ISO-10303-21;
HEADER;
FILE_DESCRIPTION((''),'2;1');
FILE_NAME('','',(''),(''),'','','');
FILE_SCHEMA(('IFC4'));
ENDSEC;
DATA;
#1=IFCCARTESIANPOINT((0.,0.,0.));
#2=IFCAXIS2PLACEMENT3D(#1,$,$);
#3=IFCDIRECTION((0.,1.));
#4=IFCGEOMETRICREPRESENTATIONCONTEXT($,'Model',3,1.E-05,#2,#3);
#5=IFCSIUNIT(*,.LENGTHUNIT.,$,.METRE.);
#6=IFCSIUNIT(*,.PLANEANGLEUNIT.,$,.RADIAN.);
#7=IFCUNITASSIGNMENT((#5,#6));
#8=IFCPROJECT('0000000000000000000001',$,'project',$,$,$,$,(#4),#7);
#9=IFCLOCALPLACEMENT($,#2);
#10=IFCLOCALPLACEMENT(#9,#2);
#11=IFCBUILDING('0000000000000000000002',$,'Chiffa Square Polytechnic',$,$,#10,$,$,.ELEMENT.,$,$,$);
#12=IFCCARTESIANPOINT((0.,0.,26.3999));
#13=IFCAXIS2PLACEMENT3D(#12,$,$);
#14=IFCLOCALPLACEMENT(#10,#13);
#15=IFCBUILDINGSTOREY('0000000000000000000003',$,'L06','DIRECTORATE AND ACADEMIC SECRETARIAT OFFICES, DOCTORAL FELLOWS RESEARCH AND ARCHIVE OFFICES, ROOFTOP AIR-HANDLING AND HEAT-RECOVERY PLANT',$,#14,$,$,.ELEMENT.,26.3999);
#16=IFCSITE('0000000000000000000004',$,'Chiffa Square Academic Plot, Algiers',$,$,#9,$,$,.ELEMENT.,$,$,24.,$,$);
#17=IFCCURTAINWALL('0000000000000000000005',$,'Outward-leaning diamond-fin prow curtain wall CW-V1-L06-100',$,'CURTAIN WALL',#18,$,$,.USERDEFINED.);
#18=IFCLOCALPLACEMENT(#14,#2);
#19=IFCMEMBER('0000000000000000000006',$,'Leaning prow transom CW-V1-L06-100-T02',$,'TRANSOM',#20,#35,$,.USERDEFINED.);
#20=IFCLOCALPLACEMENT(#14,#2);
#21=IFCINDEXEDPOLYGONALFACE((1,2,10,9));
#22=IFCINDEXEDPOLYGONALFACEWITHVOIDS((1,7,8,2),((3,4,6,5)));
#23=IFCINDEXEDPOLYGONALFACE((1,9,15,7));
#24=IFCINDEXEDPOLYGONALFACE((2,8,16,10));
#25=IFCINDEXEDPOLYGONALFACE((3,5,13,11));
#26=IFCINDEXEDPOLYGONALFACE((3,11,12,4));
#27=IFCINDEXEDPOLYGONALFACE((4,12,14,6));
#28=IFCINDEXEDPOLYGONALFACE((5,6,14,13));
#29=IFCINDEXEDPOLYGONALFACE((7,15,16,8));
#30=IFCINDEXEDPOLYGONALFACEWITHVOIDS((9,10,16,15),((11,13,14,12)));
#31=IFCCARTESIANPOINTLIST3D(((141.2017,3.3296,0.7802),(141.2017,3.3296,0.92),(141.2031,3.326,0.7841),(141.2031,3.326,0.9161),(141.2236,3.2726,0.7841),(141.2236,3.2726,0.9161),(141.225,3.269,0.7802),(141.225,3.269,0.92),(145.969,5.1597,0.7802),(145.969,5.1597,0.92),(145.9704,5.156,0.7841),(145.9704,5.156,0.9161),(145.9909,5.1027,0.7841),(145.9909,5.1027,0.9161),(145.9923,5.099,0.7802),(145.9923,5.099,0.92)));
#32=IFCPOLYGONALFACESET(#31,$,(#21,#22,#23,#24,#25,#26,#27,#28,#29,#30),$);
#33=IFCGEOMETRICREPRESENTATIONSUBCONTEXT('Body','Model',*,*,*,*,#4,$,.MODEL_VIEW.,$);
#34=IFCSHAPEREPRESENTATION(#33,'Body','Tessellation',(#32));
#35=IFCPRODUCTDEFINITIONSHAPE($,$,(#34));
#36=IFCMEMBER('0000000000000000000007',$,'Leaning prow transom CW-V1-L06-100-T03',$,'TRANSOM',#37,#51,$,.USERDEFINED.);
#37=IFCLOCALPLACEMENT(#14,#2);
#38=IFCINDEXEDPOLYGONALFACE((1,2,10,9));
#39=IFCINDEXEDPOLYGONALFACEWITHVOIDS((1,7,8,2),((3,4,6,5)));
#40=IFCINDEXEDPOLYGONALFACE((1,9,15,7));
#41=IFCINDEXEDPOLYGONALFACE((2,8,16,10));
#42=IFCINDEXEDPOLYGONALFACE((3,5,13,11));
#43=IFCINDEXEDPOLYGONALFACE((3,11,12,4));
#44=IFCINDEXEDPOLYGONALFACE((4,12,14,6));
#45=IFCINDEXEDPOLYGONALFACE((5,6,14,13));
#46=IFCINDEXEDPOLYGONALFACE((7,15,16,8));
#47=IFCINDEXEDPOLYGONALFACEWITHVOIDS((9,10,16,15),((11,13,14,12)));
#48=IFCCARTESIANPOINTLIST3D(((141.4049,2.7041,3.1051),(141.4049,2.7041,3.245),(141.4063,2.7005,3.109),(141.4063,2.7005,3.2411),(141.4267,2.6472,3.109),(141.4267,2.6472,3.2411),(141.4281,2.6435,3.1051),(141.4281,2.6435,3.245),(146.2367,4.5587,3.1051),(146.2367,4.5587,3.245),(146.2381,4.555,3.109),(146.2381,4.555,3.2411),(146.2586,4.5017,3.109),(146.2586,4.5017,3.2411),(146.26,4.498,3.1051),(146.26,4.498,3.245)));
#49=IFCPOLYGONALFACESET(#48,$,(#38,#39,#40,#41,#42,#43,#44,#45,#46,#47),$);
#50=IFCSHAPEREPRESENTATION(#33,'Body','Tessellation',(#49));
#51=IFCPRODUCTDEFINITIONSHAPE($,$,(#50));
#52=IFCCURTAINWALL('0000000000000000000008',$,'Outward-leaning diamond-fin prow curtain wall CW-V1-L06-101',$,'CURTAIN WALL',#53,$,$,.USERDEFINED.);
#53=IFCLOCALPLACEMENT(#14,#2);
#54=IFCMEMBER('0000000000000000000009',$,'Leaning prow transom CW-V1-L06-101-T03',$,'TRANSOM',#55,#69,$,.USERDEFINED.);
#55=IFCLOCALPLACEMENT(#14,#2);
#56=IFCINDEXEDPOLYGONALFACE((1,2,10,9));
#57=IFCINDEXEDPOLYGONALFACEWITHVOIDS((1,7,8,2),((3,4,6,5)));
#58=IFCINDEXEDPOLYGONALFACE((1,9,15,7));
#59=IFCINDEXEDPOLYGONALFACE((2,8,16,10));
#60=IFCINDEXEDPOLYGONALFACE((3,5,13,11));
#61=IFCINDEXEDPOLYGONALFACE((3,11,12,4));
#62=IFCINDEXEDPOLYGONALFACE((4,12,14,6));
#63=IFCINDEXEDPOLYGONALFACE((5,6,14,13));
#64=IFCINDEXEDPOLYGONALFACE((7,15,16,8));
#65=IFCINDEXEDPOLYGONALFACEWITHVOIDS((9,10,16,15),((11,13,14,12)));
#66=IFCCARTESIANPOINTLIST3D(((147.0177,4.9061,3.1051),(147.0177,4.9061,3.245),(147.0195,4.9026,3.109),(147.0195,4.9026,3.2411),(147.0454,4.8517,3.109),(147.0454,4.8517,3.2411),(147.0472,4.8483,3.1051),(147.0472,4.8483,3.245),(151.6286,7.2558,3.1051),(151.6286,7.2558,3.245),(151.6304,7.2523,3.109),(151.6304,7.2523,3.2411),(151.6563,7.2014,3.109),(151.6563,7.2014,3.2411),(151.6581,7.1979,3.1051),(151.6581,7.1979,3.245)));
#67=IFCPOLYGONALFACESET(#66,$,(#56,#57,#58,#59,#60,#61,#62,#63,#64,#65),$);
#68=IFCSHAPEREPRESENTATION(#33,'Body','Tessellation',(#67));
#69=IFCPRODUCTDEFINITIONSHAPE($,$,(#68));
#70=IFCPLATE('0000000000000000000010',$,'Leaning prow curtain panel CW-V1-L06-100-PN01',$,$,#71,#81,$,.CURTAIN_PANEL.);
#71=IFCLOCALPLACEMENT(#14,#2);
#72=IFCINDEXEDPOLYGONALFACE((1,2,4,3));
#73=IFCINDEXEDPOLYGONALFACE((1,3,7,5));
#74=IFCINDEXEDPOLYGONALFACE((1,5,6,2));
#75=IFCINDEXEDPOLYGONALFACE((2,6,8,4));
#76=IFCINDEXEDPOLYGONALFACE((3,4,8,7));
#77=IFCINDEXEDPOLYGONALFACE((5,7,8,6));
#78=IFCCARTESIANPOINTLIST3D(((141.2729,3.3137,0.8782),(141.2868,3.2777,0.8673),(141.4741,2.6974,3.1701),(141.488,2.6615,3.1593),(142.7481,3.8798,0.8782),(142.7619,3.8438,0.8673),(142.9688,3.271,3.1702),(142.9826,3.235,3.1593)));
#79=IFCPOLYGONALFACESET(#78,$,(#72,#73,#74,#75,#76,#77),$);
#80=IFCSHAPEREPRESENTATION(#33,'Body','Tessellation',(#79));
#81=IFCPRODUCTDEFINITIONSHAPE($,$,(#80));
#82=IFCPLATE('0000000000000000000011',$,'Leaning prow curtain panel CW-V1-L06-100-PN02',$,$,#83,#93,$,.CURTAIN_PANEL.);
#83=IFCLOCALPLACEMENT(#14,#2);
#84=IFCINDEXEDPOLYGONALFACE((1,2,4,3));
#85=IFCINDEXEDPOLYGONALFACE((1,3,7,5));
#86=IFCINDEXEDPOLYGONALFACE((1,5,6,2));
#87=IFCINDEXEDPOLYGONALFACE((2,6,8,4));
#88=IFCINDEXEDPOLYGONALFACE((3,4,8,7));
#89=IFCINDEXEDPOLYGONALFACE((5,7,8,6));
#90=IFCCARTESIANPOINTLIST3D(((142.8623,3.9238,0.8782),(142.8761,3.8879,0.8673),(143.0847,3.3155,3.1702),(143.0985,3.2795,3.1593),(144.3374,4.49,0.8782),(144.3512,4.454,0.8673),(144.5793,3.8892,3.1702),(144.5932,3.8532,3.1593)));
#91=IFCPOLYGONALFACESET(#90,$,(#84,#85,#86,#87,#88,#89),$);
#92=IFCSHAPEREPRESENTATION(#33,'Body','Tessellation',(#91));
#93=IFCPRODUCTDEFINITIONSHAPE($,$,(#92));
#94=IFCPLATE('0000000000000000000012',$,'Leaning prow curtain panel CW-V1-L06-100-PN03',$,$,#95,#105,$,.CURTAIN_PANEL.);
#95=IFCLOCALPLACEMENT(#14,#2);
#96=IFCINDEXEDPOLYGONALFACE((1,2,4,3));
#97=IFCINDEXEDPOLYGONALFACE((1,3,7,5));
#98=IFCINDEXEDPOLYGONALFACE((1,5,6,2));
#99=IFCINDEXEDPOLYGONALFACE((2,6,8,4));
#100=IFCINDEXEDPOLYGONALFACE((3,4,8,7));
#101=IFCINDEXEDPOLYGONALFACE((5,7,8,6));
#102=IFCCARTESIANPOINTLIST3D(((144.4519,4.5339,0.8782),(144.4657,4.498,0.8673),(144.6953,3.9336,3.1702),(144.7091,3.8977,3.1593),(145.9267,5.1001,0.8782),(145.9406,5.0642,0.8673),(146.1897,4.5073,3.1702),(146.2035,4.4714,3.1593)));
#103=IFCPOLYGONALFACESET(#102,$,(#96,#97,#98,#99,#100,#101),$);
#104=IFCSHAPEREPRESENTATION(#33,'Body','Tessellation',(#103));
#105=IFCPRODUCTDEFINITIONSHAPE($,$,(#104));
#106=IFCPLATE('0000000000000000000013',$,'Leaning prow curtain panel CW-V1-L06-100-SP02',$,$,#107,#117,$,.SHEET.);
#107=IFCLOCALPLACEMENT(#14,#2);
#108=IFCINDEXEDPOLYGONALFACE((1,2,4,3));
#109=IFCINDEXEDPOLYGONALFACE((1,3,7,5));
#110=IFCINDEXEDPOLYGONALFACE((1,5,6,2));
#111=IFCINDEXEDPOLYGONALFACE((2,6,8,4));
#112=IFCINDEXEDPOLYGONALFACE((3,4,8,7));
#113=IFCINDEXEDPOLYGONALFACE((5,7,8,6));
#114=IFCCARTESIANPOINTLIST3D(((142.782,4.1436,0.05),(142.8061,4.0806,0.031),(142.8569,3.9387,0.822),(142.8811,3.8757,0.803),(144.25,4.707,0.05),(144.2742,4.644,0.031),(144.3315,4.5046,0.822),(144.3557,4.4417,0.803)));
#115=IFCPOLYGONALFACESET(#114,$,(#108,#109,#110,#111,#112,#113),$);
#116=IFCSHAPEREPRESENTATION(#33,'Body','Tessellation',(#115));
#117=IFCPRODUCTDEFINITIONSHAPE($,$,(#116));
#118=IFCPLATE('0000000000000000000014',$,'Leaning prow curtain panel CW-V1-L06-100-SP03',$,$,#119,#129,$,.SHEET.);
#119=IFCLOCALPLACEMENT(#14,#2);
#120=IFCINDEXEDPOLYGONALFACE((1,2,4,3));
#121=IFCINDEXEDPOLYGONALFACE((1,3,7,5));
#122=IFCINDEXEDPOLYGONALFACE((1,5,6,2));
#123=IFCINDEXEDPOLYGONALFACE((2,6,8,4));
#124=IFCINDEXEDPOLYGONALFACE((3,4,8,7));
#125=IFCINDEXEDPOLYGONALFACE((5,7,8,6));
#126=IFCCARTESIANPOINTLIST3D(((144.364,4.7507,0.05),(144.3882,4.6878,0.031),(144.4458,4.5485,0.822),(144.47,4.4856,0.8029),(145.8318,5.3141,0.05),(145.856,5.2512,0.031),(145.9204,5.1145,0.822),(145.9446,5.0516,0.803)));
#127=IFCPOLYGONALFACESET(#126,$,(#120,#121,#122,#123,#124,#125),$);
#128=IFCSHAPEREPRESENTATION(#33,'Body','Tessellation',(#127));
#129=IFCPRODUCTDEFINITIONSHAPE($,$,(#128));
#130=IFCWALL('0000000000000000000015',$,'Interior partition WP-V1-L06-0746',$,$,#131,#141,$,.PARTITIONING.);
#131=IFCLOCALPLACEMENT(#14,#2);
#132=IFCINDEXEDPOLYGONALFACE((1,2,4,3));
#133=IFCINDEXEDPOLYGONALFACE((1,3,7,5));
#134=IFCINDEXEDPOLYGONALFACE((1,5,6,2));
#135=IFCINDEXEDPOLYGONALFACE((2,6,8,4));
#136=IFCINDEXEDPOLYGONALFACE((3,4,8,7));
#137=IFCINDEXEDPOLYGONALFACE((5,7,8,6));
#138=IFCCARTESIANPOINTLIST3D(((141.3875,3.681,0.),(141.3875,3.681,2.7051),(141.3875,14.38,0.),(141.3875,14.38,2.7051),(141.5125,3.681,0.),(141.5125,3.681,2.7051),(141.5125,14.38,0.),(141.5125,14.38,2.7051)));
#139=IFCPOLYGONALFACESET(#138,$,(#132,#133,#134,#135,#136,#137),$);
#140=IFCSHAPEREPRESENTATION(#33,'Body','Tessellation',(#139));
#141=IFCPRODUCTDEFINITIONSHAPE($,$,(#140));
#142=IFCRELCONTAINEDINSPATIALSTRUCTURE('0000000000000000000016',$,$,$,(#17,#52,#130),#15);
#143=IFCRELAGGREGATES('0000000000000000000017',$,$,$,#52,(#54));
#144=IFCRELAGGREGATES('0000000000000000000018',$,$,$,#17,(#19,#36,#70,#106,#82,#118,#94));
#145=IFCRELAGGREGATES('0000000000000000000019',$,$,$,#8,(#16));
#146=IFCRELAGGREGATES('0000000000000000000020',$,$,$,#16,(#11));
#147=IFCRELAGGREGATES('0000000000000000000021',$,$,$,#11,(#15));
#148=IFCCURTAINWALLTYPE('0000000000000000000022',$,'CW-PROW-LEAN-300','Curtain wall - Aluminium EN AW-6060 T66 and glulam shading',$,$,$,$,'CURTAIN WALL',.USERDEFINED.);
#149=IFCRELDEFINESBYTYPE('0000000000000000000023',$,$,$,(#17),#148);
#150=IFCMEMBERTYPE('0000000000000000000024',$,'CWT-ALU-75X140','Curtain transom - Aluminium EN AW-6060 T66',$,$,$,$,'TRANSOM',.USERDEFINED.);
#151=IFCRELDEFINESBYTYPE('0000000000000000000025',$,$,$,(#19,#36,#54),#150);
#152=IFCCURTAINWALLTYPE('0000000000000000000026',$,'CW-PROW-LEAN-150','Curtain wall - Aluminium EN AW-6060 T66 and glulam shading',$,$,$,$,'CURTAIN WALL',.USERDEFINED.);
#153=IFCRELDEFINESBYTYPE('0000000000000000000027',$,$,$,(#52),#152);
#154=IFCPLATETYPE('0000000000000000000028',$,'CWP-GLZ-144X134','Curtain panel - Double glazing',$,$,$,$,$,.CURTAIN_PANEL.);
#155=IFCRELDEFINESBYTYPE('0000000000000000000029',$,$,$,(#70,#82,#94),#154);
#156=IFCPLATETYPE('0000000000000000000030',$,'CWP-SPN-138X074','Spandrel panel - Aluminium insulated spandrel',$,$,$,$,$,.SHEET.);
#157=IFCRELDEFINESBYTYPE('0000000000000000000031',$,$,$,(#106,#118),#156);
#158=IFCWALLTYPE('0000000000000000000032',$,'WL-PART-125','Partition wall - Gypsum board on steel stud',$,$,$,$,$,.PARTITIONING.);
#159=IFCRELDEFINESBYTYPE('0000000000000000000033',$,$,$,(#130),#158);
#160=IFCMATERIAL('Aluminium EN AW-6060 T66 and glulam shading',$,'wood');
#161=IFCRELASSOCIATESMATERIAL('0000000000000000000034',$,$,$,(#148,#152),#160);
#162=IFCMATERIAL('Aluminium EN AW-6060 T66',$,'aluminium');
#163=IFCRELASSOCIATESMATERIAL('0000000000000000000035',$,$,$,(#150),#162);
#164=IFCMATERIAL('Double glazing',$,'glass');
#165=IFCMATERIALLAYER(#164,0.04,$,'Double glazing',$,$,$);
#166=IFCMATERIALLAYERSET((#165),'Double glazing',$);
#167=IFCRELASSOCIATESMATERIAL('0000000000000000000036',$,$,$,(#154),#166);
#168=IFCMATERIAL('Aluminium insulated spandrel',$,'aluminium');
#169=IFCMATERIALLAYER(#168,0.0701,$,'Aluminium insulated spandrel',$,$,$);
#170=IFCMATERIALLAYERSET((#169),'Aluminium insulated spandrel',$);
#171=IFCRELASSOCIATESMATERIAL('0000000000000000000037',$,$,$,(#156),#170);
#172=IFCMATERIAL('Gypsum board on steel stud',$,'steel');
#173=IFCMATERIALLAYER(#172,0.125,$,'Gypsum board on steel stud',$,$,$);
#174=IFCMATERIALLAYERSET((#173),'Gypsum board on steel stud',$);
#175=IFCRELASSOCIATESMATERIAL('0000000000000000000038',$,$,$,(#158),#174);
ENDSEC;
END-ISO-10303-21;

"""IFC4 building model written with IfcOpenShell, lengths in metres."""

from ifc_helpers import new_model, si_unit, direction, frame, frame_2d, origin, origin_2d, place, context, subcontext, project, spatial, polyline, rectangle, hollow_rectangle, outline, extrude, material, layer, layer_set, material_profile, profile_set, type_object, element, aggregate, save


model = new_model("IFC4")

# Units and contexts
model_context = context("Model", 3, precision=1e-05, world=origin(), true_north=direction((0.0, 1.0)))
body_context = subcontext(model_context, "Body", "Model", "MODEL_VIEW")
ifc_project = project(units=[si_unit("LENGTHUNIT", "METRE"), si_unit("PLANEANGLEUNIT", "RADIAN")], contexts=[model_context])

# Site, building, storey
site_placement = place(None, origin())
site = spatial("IfcSite", under=ifc_project, at=site_placement, Name="Chiffa Square Academic Plot, Algiers", CompositionType="ELEMENT", RefElevation=24.0)
building_placement = place(site_placement, origin())
building = spatial("IfcBuilding", under=site, at=building_placement, Name="Chiffa Square Polytechnic", CompositionType="ELEMENT")
storey_placement = place(building_placement, frame((0.0, 0.0, 26.3999)))
storey = spatial("IfcBuildingStorey", under=building, at=storey_placement, Name="L06", Description="DIRECTORATE AND ACADEMIC SECRETARIAT OFFICES, DOCTORAL FELLOWS RESEARCH AND ARCHIVE OFFICES, ROOFTOP AIR-HANDLING AND HEAT-RECOVERY PLANT", CompositionType="ELEMENT", Elevation=26.3999)

# Curtain wall, members
ifc_material_1 = material(Name="Aluminium EN AW-6060 T66 and glulam shading", Category="wood")
curtain_wall_type_1 = type_object("IfcCurtainWallType", Name="CW-PROW-LEAN-300", Description="Curtain wall - Aluminium EN AW-6060 T66 and glulam shading", ElementType="CURTAIN WALL", PredefinedType="USERDEFINED", material=ifc_material_1)
curtain_wall_1_placement = place(storey_placement, origin())
curtain_wall_1 = element("IfcCurtainWall", 1, at=curtain_wall_1_placement, inside=storey, type_object=curtain_wall_type_1, Name="Outward-leaning diamond-fin prow curtain wall CW-V1-L06-100", ObjectType="CURTAIN WALL", PredefinedType="USERDEFINED")
ifc_material_2 = material(Name="Aluminium EN AW-6060 T66", Category="aluminium")
ifc_material_profile_1 = material_profile(ifc_material_2, hollow_rectangle(XDim=0.0649, YDim=0.1399, WallThickness=0.0039, at=origin_2d()), Name="ALU 65x140x4")
ifc_profile_set_1 = profile_set([ifc_material_profile_1], Name="Aluminium EN AW-6060 T66")
member_type_1 = type_object("IfcMemberType", Name="CWT-ALU-75X140", Description="Curtain transom - Aluminium EN AW-6060 T66", ElementType="TRANSOM", PredefinedType="USERDEFINED", material=ifc_profile_set_1)
member_1_placement = place(storey_placement, frame((141.2134, 3.2993, 0.8501), z_axis=(0.933576, 0.35838, 0.0), x_axis=(-0.35838, 0.933576, 0.0)))
member_1 = element("IfcMember", 2, at=member_1_placement, type_object=member_type_1, Name="Leaning prow transom CW-V1-L06-100-T02", ObjectType="TRANSOM", PredefinedType="USERDEFINED", context=body_context, shape_type="SweptSolid", body=[
    extrude(hollow_rectangle(XDim=0.0649, YDim=0.1399, WallThickness=0.0039, at=origin_2d()), origin(), (0.0, 0.0, 1.0), 5.1064),
])
member_2_placement = place(storey_placement, frame((141.4165, 2.6738, 3.175), z_axis=(0.933597, 0.358325, 0.0), x_axis=(-0.358325, 0.933597, 0.0)))
member_2 = element("IfcMember", 3, at=member_2_placement, type_object=member_type_1, Name="Leaning prow transom CW-V1-L06-100-T03", ObjectType="TRANSOM", PredefinedType="USERDEFINED", context=body_context, shape_type="SweptSolid", body=[
    extrude(hollow_rectangle(XDim=0.0649, YDim=0.1399, WallThickness=0.0039, at=origin_2d()), origin(), (0.0, 0.0, 1.0), 5.1755),
])

# Curtain wall, member
curtain_wall_type_2 = type_object("IfcCurtainWallType", Name="CW-PROW-LEAN-150", Description="Curtain wall - Aluminium EN AW-6060 T66 and glulam shading", ElementType="CURTAIN WALL", PredefinedType="USERDEFINED", material=ifc_material_1)
curtain_wall_2_placement = place(storey_placement, origin())
curtain_wall_2 = element("IfcCurtainWall", 4, at=curtain_wall_2_placement, inside=storey, type_object=curtain_wall_type_2, Name="Outward-leaning diamond-fin prow curtain wall CW-V1-L06-101", ObjectType="CURTAIN WALL", PredefinedType="USERDEFINED")
member_3_placement = place(storey_placement, frame((147.0325, 4.8772, 3.175), z_axis=(0.890985, 0.454032, 0.0), x_axis=(-0.454032, 0.890985, 0.0)))
member_3 = element("IfcMember", 5, at=member_3_placement, type_object=member_type_1, Name="Leaning prow transom CW-V1-L06-101-T03", ObjectType="TRANSOM", PredefinedType="USERDEFINED", context=body_context, shape_type="SweptSolid", body=[
    extrude(hollow_rectangle(XDim=0.0649, YDim=0.1399, WallThickness=0.0039, at=origin_2d()), origin(), (0.0, 0.0, 1.0), 5.175),
])
aggregate(curtain_wall_2, [member_3])

# Plates
ifc_material_3 = material(Name="Double glazing", Category="glass")
ifc_layer_1 = layer(ifc_material_3, 0.04, Name="Double glazing")
ifc_layer_set_1 = layer_set([ifc_layer_1], Name="Double glazing")
plate_type_1 = type_object("IfcPlateType", Name="CWP-GLZ-144X134", Description="Curtain panel - Double glazing", PredefinedType="CURTAIN_PANEL", material=ifc_layer_set_1)
plate_1_placement = place(storey_placement, frame((141.2729, 3.3137, 0.8782), z_axis=(-0.344787, 0.898454, 0.271849), x_axis=(0.933613, 0.358283, -0.000013)))
plate_1 = element("IfcPlate", 6, at=plate_1_placement, type_object=plate_type_1, Name="Leaning prow curtain panel CW-V1-L06-100-PN01", PredefinedType="CURTAIN_PANEL", context=body_context, shape_type="SweptSolid", body=[
    extrude(outline(polyline([(0.0, 0.0), (1.58, 0.0), (1.5679, -2.3817), (-0.033, -2.3817), (0.0, 0.0)])), origin(), (0.0, 0.0, -1.0), 0.04),
])
plate_2_placement = place(storey_placement, frame((142.8623, 3.9238, 0.8782), z_axis=(-0.344843, 0.898409, 0.271928), x_axis=(0.933589, 0.358345, 0.000006)))
plate_2 = element("IfcPlate", 7, at=plate_2_placement, type_object=plate_type_1, Name="Leaning prow curtain panel CW-V1-L06-100-PN02", PredefinedType="CURTAIN_PANEL", context=body_context, shape_type="SweptSolid", body=[
    extrude(outline(polyline([(0.0, 0.0), (1.58, 0.0), (1.5906, -2.3817), (-0.0104, -2.3818), (0.0, 0.0)])), origin(), (0.0, 0.0, -1.0), 0.04),
])
plate_3_placement = place(storey_placement, frame((144.4519, 4.5339, 0.8782), z_axis=(-0.344892, 0.89839, 0.271929), x_axis=(0.93357, 0.358396, 0.000005)))
plate_3 = element("IfcPlate", 8, at=plate_3_placement, type_object=plate_type_1, Name="Leaning prow curtain panel CW-V1-L06-100-PN03", PredefinedType="CURTAIN_PANEL", context=body_context, shape_type="SweptSolid", body=[
    extrude(outline(polyline([(0.0, 0.0), (1.5798, 0.0), (1.6128, -2.3817), (0.0121, -2.3818), (0.0, 0.0)])), origin(), (0.0, 0.0, -1.0), 0.04),
])
ifc_material_4 = material(Name="Aluminium insulated spandrel", Category="aluminium")
ifc_layer_2 = layer(ifc_material_4, 0.0701, Name="Aluminium insulated spandrel")
ifc_layer_set_2 = layer_set([ifc_layer_2], Name="Aluminium insulated spandrel")
plate_type_2 = type_object("IfcPlateType", Name="CWP-SPN-138X074", Description="Spandrel panel - Aluminium insulated spandrel", PredefinedType="SHEET", material=ifc_layer_set_2)
plate_4_placement = place(storey_placement, frame((142.782, 4.1436, 0.05), z_axis=(-0.344819, 0.898422, 0.271916), x_axis=(0.933598, 0.358322, -0.000007)))
plate_4 = element("IfcPlate", 9, at=plate_4_placement, type_object=plate_type_2, Name="Leaning prow curtain panel CW-V1-L06-100-SP02", PredefinedType="SHEET", context=body_context, shape_type="SweptSolid", body=[
    extrude(outline(polyline([(0.0, 0.0), (1.5724, 0.0), (1.576, -0.8022), (-0.0034, -0.8022), (0.0, 0.0)])), origin(), (0.0, 0.0, -1.0), 0.0701),
])
plate_5_placement = place(storey_placement, frame((144.364, 4.7507, 0.05), z_axis=(-0.344845, 0.898416, 0.2719), x_axis=(0.933588, 0.358349, -0.000014)))
plate_5 = element("IfcPlate", 10, at=plate_5_placement, type_object=plate_type_2, Name="Leaning prow curtain panel CW-V1-L06-100-SP03", PredefinedType="SHEET", context=body_context, shape_type="SweptSolid", body=[
    extrude(outline(polyline([(0.0, 0.0), (1.5722, 0.0), (1.5834, -0.8022), (0.0039, -0.8022), (0.0, 0.0)])), origin(), (0.0, 0.0, -1.0), 0.0701),
])
aggregate(curtain_wall_1, [member_1, member_2, plate_1, plate_4, plate_2, plate_5, plate_3])

# Wall
ifc_material_5 = material(Name="Gypsum board on steel stud", Category="steel")
ifc_layer_3 = layer(ifc_material_5, 0.125, Name="Gypsum board on steel stud")
ifc_layer_set_3 = layer_set([ifc_layer_3], Name="Gypsum board on steel stud")
wall_type = type_object("IfcWallType", Name="WL-PART-125", Description="Partition wall - Gypsum board on steel stud", PredefinedType="PARTITIONING", material=ifc_layer_set_3)
wall_placement = place(storey_placement, frame((141.45, 3.6809, 0.0), z_axis=(0.0, 0.0, 1.0), x_axis=(0.0, 1.0, 0.0)))
element("IfcWall", 11, at=wall_placement, inside=storey, type_object=wall_type, Name="Interior partition WP-V1-L06-0746", PredefinedType="PARTITIONING", context=body_context, shape_type="SweptSolid", body=[
    extrude(rectangle(XDim=10.699, YDim=0.125, at=frame_2d((5.3496, 0.0))), origin(), (0.0, 0.0, 1.0), 2.7051),
])

save(model, "model.ifc")
